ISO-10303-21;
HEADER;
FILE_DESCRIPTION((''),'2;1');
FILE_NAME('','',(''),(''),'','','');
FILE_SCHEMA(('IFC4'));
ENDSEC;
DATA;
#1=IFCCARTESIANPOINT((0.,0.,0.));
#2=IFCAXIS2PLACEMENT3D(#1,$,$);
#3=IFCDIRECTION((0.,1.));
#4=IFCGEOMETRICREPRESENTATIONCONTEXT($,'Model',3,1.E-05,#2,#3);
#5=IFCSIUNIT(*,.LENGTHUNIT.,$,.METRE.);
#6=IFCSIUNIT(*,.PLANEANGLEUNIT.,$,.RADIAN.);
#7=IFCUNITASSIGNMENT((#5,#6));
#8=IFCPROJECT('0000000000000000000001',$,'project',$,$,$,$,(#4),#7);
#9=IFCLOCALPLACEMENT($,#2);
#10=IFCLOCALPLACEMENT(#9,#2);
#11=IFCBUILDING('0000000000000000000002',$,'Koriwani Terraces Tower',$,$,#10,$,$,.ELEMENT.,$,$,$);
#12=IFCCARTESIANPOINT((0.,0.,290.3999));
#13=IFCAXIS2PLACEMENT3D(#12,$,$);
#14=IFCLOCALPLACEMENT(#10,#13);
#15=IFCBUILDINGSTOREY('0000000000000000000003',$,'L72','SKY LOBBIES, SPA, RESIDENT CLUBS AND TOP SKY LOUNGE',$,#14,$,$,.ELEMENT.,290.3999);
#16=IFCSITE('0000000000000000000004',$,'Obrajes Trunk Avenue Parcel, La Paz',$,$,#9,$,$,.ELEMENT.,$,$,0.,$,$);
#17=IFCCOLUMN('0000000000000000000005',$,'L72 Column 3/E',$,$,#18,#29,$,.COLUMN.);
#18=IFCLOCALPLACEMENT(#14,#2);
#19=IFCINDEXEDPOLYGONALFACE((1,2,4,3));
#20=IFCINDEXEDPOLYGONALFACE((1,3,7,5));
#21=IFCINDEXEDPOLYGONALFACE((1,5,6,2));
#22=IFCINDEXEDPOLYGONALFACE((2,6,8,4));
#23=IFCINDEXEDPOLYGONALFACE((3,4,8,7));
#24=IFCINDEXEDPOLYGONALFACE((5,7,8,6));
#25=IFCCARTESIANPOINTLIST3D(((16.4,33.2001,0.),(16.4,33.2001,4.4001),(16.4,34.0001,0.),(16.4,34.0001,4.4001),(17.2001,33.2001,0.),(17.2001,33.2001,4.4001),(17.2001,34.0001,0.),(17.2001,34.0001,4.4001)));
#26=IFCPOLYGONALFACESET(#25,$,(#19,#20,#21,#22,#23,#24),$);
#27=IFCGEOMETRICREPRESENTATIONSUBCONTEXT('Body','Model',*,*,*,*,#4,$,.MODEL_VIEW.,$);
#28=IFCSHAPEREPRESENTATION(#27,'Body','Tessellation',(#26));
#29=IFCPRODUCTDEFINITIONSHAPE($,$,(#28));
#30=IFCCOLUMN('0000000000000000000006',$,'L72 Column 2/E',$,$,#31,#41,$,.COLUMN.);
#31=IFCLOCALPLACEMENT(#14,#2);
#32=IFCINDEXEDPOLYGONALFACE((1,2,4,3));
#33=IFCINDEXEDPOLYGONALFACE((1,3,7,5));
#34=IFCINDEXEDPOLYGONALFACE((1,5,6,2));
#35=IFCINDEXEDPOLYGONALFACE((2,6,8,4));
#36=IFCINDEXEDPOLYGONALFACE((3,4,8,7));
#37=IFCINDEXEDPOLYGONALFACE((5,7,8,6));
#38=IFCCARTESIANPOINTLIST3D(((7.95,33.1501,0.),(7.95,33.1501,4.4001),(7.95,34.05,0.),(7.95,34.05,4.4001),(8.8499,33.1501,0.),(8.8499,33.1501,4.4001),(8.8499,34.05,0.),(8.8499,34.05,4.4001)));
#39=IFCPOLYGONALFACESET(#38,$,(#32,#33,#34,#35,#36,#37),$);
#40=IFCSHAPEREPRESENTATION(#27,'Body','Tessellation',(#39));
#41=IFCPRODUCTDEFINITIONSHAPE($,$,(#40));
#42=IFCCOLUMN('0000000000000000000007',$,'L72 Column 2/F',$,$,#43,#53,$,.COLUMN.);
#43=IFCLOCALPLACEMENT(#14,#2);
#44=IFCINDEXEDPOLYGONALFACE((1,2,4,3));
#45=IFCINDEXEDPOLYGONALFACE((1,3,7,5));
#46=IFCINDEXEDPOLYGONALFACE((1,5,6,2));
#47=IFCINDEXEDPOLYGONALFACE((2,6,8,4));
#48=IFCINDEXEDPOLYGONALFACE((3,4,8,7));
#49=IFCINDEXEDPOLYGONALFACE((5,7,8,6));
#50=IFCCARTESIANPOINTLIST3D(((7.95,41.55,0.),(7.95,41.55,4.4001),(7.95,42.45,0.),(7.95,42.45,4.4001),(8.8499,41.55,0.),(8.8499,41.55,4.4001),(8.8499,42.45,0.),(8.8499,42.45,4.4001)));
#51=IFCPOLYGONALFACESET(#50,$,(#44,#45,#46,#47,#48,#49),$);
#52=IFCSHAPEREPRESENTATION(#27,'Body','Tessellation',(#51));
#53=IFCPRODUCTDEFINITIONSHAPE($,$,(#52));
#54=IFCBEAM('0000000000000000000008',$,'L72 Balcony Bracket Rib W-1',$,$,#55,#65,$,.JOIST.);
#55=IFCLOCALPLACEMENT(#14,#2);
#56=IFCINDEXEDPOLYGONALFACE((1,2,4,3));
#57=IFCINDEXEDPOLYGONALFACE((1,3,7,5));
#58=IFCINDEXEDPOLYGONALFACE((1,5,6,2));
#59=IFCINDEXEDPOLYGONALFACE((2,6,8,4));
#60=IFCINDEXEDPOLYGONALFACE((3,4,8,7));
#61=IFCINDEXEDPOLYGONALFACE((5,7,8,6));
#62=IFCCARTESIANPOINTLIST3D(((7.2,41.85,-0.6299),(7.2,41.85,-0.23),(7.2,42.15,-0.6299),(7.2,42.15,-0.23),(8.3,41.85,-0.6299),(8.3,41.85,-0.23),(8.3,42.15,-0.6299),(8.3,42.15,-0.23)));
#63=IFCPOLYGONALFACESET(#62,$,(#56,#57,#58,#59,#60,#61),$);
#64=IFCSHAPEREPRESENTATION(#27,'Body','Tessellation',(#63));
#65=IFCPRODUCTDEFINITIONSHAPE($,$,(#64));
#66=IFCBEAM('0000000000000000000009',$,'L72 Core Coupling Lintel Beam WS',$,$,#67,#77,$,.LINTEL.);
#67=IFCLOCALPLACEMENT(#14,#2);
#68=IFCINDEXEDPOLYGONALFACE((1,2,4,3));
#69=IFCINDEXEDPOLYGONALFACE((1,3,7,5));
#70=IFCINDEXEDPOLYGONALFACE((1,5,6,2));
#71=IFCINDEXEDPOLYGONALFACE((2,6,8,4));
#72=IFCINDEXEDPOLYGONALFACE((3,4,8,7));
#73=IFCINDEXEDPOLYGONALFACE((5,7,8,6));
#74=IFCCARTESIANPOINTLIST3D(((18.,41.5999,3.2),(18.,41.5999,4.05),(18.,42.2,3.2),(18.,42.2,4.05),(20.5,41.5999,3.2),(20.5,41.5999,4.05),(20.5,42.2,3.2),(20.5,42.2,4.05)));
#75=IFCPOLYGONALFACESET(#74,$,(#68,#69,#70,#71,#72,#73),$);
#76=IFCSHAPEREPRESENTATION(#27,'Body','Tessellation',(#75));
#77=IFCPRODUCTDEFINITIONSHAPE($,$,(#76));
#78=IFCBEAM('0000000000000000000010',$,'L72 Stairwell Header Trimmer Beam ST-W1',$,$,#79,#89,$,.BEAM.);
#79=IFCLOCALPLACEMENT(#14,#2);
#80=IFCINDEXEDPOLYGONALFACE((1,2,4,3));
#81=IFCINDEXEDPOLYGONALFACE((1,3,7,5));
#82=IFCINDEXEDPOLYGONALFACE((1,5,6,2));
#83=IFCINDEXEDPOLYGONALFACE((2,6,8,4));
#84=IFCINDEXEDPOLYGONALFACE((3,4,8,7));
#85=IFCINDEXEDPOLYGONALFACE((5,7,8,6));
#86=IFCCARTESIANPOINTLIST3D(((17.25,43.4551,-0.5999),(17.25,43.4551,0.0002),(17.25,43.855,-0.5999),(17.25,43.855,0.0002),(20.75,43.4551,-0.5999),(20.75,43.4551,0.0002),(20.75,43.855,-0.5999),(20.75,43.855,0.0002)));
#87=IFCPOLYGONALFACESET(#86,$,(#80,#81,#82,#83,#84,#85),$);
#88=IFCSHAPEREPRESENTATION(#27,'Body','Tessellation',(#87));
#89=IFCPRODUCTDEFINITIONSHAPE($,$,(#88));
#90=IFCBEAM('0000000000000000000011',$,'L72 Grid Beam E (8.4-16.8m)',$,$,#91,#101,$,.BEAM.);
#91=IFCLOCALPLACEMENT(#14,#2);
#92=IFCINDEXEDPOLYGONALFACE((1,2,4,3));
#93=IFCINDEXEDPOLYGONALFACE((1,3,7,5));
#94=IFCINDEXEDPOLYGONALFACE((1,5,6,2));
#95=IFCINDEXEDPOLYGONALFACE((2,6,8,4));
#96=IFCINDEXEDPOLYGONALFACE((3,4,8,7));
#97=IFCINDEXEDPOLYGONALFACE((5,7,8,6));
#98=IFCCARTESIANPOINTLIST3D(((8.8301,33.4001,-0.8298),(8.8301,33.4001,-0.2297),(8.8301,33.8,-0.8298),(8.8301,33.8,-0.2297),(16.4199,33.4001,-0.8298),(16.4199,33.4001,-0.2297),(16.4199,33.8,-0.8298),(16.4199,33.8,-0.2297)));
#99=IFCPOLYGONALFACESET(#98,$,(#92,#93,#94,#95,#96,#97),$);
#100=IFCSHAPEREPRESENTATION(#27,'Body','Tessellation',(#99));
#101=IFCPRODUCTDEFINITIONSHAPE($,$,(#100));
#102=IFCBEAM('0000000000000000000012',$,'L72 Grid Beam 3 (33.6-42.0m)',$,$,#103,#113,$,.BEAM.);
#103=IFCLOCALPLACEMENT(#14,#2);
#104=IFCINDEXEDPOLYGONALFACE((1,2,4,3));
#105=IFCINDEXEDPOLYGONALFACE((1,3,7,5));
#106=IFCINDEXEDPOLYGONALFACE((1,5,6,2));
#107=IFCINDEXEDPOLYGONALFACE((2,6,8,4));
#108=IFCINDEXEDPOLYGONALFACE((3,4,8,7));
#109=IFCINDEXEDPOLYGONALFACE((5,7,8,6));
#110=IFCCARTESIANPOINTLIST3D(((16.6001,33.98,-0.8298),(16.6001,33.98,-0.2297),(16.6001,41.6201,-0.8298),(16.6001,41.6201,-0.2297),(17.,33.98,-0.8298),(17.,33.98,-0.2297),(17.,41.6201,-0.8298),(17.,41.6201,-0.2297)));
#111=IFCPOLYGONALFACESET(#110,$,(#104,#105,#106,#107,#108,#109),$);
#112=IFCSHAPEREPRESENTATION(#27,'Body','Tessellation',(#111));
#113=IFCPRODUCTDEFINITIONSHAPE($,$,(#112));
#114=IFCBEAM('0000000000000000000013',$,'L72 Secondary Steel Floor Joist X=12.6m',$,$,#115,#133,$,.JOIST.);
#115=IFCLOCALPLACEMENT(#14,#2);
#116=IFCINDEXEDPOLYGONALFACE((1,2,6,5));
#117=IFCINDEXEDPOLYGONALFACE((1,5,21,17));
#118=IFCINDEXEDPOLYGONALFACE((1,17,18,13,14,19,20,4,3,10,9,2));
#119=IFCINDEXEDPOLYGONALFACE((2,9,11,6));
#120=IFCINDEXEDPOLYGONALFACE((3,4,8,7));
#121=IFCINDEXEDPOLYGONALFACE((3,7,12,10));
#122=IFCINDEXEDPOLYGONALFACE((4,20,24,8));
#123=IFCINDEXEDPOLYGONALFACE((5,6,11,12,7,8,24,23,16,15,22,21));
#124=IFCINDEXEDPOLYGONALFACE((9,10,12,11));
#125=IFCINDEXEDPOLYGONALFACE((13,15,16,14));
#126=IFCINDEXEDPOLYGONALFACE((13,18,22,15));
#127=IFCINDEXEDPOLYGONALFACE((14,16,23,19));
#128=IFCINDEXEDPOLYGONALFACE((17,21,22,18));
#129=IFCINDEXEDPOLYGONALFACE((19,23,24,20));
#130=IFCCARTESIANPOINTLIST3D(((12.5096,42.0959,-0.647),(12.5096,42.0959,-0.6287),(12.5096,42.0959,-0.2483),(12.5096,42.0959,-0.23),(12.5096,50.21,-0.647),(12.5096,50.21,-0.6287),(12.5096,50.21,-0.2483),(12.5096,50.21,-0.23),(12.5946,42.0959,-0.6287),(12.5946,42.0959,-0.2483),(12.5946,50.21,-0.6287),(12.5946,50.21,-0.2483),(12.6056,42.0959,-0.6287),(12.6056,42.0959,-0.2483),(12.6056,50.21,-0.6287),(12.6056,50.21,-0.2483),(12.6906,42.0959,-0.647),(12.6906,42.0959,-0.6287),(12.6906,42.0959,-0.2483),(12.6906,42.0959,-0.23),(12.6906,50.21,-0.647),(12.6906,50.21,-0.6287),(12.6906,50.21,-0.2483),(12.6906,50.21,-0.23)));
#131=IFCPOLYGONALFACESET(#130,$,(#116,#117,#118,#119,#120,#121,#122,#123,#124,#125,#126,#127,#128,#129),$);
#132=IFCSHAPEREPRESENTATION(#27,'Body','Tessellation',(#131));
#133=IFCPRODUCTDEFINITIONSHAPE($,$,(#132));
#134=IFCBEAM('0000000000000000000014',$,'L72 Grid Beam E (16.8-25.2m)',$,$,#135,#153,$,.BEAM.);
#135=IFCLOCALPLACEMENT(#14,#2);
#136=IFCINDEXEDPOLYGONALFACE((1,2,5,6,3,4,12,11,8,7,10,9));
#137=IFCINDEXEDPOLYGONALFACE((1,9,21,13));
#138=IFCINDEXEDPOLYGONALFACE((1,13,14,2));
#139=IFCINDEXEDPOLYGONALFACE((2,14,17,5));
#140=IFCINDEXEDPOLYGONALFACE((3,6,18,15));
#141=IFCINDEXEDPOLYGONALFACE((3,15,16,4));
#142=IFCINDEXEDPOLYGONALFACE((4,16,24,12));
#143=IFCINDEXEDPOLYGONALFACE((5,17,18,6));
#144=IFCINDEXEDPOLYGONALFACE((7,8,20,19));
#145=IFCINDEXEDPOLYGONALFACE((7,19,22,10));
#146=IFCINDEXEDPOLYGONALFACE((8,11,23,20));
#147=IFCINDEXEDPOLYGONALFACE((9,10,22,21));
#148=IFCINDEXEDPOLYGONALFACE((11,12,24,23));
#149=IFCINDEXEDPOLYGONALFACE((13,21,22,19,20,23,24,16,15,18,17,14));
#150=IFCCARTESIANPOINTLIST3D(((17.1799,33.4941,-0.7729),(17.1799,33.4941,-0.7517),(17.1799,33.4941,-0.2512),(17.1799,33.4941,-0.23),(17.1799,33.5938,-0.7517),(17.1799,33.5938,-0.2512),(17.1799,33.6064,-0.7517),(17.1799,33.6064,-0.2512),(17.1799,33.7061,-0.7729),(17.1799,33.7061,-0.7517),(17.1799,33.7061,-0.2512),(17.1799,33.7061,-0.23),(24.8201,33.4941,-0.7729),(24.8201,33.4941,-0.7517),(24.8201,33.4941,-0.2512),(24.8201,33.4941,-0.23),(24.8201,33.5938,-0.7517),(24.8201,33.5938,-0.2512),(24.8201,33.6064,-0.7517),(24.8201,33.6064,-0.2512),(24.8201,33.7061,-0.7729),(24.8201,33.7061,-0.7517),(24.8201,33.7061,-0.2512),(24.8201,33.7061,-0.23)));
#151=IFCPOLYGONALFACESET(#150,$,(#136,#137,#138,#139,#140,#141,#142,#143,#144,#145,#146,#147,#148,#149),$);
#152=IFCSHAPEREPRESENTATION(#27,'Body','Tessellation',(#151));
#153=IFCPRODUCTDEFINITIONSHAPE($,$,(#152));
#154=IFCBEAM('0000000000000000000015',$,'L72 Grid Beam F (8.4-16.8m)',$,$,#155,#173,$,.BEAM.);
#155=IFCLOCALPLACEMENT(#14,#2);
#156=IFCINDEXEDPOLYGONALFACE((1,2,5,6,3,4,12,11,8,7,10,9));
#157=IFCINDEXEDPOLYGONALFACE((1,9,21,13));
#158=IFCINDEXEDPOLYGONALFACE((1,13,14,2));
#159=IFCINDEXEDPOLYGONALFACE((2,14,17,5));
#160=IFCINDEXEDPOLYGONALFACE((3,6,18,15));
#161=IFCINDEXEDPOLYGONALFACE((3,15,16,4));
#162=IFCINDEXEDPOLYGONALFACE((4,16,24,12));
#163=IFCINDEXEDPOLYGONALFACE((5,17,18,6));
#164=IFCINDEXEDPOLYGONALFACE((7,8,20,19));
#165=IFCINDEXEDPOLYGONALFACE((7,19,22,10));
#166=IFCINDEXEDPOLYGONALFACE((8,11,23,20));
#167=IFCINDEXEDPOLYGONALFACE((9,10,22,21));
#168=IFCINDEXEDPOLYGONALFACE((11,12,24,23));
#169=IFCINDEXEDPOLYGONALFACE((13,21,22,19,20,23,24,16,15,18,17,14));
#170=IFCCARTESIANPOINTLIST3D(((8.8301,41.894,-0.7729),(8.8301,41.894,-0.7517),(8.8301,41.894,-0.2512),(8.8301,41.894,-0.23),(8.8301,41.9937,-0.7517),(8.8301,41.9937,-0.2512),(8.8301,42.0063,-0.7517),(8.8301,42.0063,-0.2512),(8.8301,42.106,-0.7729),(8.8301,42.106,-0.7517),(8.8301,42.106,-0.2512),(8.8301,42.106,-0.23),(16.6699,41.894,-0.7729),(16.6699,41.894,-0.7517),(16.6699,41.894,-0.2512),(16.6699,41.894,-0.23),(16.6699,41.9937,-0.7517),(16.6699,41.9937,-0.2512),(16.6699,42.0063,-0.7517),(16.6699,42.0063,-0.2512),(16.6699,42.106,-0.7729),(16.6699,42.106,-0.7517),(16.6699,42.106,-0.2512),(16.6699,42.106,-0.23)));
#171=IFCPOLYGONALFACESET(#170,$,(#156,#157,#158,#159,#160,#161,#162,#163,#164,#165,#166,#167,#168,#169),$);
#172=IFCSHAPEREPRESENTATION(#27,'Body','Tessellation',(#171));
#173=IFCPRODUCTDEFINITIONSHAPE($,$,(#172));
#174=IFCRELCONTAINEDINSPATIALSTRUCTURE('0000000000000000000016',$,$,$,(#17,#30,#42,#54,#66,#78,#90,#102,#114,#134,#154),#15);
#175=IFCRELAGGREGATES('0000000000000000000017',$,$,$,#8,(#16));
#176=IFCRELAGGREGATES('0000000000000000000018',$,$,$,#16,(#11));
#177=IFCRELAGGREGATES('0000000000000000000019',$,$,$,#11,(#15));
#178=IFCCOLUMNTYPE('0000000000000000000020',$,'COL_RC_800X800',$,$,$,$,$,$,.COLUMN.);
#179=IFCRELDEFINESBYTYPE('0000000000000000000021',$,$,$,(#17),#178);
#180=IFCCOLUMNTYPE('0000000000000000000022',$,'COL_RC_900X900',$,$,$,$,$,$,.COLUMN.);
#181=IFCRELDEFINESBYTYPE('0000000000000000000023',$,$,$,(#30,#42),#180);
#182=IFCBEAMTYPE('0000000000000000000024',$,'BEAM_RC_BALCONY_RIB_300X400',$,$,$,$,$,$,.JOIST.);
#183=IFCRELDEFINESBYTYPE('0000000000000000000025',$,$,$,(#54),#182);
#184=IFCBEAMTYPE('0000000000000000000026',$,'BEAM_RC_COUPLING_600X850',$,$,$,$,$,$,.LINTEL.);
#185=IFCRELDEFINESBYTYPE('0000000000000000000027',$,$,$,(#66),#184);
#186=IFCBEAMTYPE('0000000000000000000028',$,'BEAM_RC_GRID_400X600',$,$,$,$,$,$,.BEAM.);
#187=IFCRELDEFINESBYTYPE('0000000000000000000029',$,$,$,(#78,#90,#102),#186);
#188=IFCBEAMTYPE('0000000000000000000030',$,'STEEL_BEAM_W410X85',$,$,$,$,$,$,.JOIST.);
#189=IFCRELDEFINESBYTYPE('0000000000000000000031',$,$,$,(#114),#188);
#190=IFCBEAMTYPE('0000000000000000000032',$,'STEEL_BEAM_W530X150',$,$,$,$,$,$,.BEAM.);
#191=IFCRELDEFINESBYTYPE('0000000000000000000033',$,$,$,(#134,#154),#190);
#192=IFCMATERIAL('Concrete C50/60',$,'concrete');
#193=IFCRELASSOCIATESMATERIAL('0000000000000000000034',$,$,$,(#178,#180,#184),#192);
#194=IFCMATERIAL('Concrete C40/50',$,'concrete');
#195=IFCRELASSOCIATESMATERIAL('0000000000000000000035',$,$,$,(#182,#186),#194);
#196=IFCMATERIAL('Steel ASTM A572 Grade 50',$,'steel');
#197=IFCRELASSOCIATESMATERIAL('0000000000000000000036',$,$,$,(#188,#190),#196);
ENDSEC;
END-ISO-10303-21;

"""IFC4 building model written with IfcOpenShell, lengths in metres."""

from ifc_helpers import new_model, si_unit, direction, frame, origin, origin_2d, place, context, subcontext, project, spatial, rectangle, i_section, extrude, material, material_profile, profile_set, type_object, element, save


model = new_model("IFC4")

# Units and contexts
model_context = context("Model", 3, precision=1e-05, world=origin(), true_north=direction((0.0, 1.0)))
body_context = subcontext(model_context, "Body", "Model", "MODEL_VIEW")
ifc_project = project(units=[si_unit("LENGTHUNIT", "METRE"), si_unit("PLANEANGLEUNIT", "RADIAN")], contexts=[model_context])

# Site, building, storey
site_placement = place(None, origin())
site = spatial("IfcSite", under=ifc_project, at=site_placement, Name="Obrajes Trunk Avenue Parcel, La Paz", CompositionType="ELEMENT", RefElevation=0.0)
building_placement = place(site_placement, origin())
building = spatial("IfcBuilding", under=site, at=building_placement, Name="Koriwani Terraces Tower", CompositionType="ELEMENT")
storey_placement = place(building_placement, frame((0.0, 0.0, 290.3999)))
storey = spatial("IfcBuildingStorey", under=building, at=storey_placement, Name="L72", Description="SKY LOBBIES, SPA, RESIDENT CLUBS AND TOP SKY LOUNGE", CompositionType="ELEMENT", Elevation=290.3999)

# Columns
ifc_material_1 = material(Name="Concrete C50/60", Category="concrete")
ifc_material_profile_1 = material_profile(ifc_material_1, rectangle(XDim=0.8, YDim=0.8, at=origin_2d()), Name="Concrete C50/60", Category="LoadBearing")
ifc_profile_set_1 = profile_set([ifc_material_profile_1], Name="Concrete C50/60")
column_type_1 = type_object("IfcColumnType", Name="COL_RC_800X800", PredefinedType="COLUMN", material=ifc_profile_set_1)
column_placement = place(storey_placement, frame((16.8, 33.6001, 0.0), z_axis=(0.0, 0.0, 1.0), x_axis=(1.0, 0.0, 0.0)))
element("IfcColumn", 1, at=column_placement, inside=storey, type_object=column_type_1, Name="L72 Column 3/E", PredefinedType="COLUMN", context=body_context, shape_type="SweptSolid", body=[
    extrude(rectangle(XDim=0.8, YDim=0.8, at=origin_2d()), origin(), (0.0, 0.0, 1.0), 4.4001),
])
ifc_material_profile_2 = material_profile(ifc_material_1, rectangle(XDim=0.8999, YDim=0.8999, at=origin_2d()), Name="Concrete C50/60", Category="LoadBearing")
ifc_profile_set_2 = profile_set([ifc_material_profile_2], Name="Concrete C50/60")
column_type_2 = type_object("IfcColumnType", Name="COL_RC_900X900", PredefinedType="COLUMN", material=ifc_profile_set_2)
for number, where, z_axis, x_axis, name in (
    (2, (8.3999, 33.6001, 0.0), (0.0, 0.0, 1.0), (1.0, 0.0, 0.0), "L72 Column 2/E"),
    (3, (8.3999, 42.0, 0.0), (0.0, 0.0, 1.0), (1.0, 0.0, 0.0), "L72 Column 2/F"),
):
    element("IfcColumn", number, at=place(storey_placement, frame(where, z_axis=z_axis, x_axis=x_axis)), inside=storey, type_object=column_type_2, Name=name, PredefinedType="COLUMN", context=body_context, shape_type="SweptSolid", body=[
        extrude(rectangle(XDim=0.8999, YDim=0.8999, at=origin_2d()), origin(), (0.0, 0.0, 1.0), 4.4001),
    ])

# Beams
ifc_material_2 = material(Name="Concrete C40/50", Category="concrete")
ifc_material_profile_3 = material_profile(ifc_material_2, rectangle(XDim=0.3, YDim=0.3999, at=origin_2d()), Name="Concrete C40/50", Category="LoadBearing")
ifc_profile_set_3 = profile_set([ifc_material_profile_3], Name="Concrete C40/50")
beam_type_1 = type_object("IfcBeamType", Name="BEAM_RC_BALCONY_RIB_300X400", PredefinedType="JOIST", material=ifc_profile_set_3)
beam_1_placement = place(storey_placement, frame((7.2, 42.0, -0.4299), z_axis=(1.0, 0.0, 0.0), x_axis=(0.0, 1.0, 0.0)))
element("IfcBeam", 4, at=beam_1_placement, inside=storey, type_object=beam_type_1, Name="L72 Balcony Bracket Rib W-1", PredefinedType="JOIST", context=body_context, shape_type="SweptSolid", body=[
    extrude(rectangle(XDim=0.3, YDim=0.3999, at=origin_2d()), origin(), (0.0, 0.0, 1.0), 1.1001),
])
ifc_material_profile_4 = material_profile(ifc_material_1, rectangle(XDim=0.6001, YDim=0.8501, at=origin_2d()), Name="Concrete C50/60", Category="LoadBearing")
ifc_profile_set_4 = profile_set([ifc_material_profile_4], Name="Concrete C50/60")
beam_type_2 = type_object("IfcBeamType", Name="BEAM_RC_COUPLING_600X850", PredefinedType="LINTEL", material=ifc_profile_set_4)
beam_2_placement = place(storey_placement, frame((18.0, 41.8999, 3.625), z_axis=(1.0, 0.0, 0.0), x_axis=(0.0, 1.0, 0.0)))
element("IfcBeam", 5, at=beam_2_placement, inside=storey, type_object=beam_type_2, Name="L72 Core Coupling Lintel Beam WS", PredefinedType="LINTEL", context=body_context, shape_type="SweptSolid", body=[
    extrude(rectangle(XDim=0.6001, YDim=0.8501, at=origin_2d()), origin(), (0.0, 0.0, 1.0), 2.5),
])
ifc_material_profile_5 = material_profile(ifc_material_2, rectangle(XDim=0.3999, YDim=0.6001, at=origin_2d()), Name="Concrete C40/50", Category="LoadBearing")
ifc_profile_set_5 = profile_set([ifc_material_profile_5], Name="Concrete C40/50")
beam_type_3 = type_object("IfcBeamType", Name="BEAM_RC_GRID_400X600", PredefinedType="BEAM", material=ifc_profile_set_5)
beam_3_placement = place(storey_placement, frame((17.25, 43.655, -0.2998), z_axis=(1.0, 0.0, 0.0), x_axis=(0.0, 1.0, 0.0)))
element("IfcBeam", 6, at=beam_3_placement, inside=storey, type_object=beam_type_3, Name="L72 Stairwell Header Trimmer Beam ST-W1", PredefinedType="BEAM", context=body_context, shape_type="SweptSolid", body=[
    extrude(rectangle(XDim=0.3999, YDim=0.6001, at=origin_2d()), origin(), (0.0, 0.0, 1.0), 3.5),
])
beam_4_placement = place(storey_placement, frame((8.8301, 33.6001, -0.5298), z_axis=(1.0, 0.0, 0.0), x_axis=(0.0, 1.0, 0.0)))
element("IfcBeam", 7, at=beam_4_placement, inside=storey, type_object=beam_type_3, Name="L72 Grid Beam E (8.4-16.8m)", PredefinedType="BEAM", context=body_context, shape_type="SweptSolid", body=[
    extrude(rectangle(XDim=0.3999, YDim=0.6001, at=origin_2d()), origin(), (0.0, 0.0, 1.0), 7.5898),
])
beam_5_placement = place(storey_placement, frame((16.8, 33.98, -0.5298), z_axis=(0.0, 1.0, 0.0), x_axis=(-1.0, 0.0, 0.0)))
element("IfcBeam", 8, at=beam_5_placement, inside=storey, type_object=beam_type_3, Name="L72 Grid Beam 3 (33.6-42.0m)", PredefinedType="BEAM", context=body_context, shape_type="SweptSolid", body=[
    extrude(rectangle(XDim=0.3999, YDim=0.6001, at=origin_2d()), origin(), (0.0, 0.0, 1.0), 7.6401),
])
ifc_material_3 = material(Name="Steel ASTM A572 Grade 50", Category="steel")
ifc_material_profile_6 = material_profile(ifc_material_3, i_section(OverallWidth=0.1809, OverallDepth=0.417, WebThickness=0.011, FlangeThickness=0.0183, at=origin_2d()), Name="Steel ASTM A572 Grade 50", Category="LoadBearing")
ifc_profile_set_6 = profile_set([ifc_material_profile_6], Name="Steel ASTM A572 Grade 50")
beam_type_4 = type_object("IfcBeamType", Name="STEEL_BEAM_W410X85", PredefinedType="JOIST", material=ifc_profile_set_6)
beam_6_placement = place(storey_placement, frame((12.6001, 42.0959, -0.4385), z_axis=(0.0, 1.0, 0.0), x_axis=(-1.0, 0.0, 0.0)))
element("IfcBeam", 9, at=beam_6_placement, inside=storey, type_object=beam_type_4, Name="L72 Secondary Steel Floor Joist X=12.6m", PredefinedType="JOIST", context=body_context, shape_type="SweptSolid", body=[
    extrude(i_section(OverallWidth=0.1809, OverallDepth=0.417, WebThickness=0.011, FlangeThickness=0.0183, at=origin_2d()), origin(), (0.0, 0.0, 1.0), 8.114),
])
ifc_material_profile_7 = material_profile(ifc_material_3, i_section(OverallWidth=0.2119, OverallDepth=0.543, WebThickness=0.0127, FlangeThickness=0.0212, at=origin_2d()), Name="Steel ASTM A572 Grade 50", Category="LoadBearing")
ifc_profile_set_7 = profile_set([ifc_material_profile_7], Name="Steel ASTM A572 Grade 50")
beam_type_5 = type_object("IfcBeamType", Name="STEEL_BEAM_W530X150", PredefinedType="BEAM", material=ifc_profile_set_7)
beam_7_placement = place(storey_placement, frame((17.1799, 33.6001, -0.5015), z_axis=(1.0, 0.0, 0.0), x_axis=(0.0, 1.0, 0.0)))
element("IfcBeam", 10, at=beam_7_placement, inside=storey, type_object=beam_type_5, Name="L72 Grid Beam E (16.8-25.2m)", PredefinedType="BEAM", context=body_context, shape_type="SweptSolid", body=[
    extrude(i_section(OverallWidth=0.2119, OverallDepth=0.543, WebThickness=0.0127, FlangeThickness=0.0212, at=origin_2d()), origin(), (0.0, 0.0, 1.0), 7.6401),
])
beam_8_placement = place(storey_placement, frame((8.8301, 42.0, -0.5015), z_axis=(1.0, 0.0, 0.0), x_axis=(0.0, 1.0, 0.0)))
element("IfcBeam", 11, at=beam_8_placement, inside=storey, type_object=beam_type_5, Name="L72 Grid Beam F (8.4-16.8m)", PredefinedType="BEAM", context=body_context, shape_type="SweptSolid", body=[
    extrude(i_section(OverallWidth=0.2119, OverallDepth=0.543, WebThickness=0.0127, FlangeThickness=0.0212, at=origin_2d()), origin(), (0.0, 0.0, 1.0), 7.8398),
])

save(model, "model.ifc")
